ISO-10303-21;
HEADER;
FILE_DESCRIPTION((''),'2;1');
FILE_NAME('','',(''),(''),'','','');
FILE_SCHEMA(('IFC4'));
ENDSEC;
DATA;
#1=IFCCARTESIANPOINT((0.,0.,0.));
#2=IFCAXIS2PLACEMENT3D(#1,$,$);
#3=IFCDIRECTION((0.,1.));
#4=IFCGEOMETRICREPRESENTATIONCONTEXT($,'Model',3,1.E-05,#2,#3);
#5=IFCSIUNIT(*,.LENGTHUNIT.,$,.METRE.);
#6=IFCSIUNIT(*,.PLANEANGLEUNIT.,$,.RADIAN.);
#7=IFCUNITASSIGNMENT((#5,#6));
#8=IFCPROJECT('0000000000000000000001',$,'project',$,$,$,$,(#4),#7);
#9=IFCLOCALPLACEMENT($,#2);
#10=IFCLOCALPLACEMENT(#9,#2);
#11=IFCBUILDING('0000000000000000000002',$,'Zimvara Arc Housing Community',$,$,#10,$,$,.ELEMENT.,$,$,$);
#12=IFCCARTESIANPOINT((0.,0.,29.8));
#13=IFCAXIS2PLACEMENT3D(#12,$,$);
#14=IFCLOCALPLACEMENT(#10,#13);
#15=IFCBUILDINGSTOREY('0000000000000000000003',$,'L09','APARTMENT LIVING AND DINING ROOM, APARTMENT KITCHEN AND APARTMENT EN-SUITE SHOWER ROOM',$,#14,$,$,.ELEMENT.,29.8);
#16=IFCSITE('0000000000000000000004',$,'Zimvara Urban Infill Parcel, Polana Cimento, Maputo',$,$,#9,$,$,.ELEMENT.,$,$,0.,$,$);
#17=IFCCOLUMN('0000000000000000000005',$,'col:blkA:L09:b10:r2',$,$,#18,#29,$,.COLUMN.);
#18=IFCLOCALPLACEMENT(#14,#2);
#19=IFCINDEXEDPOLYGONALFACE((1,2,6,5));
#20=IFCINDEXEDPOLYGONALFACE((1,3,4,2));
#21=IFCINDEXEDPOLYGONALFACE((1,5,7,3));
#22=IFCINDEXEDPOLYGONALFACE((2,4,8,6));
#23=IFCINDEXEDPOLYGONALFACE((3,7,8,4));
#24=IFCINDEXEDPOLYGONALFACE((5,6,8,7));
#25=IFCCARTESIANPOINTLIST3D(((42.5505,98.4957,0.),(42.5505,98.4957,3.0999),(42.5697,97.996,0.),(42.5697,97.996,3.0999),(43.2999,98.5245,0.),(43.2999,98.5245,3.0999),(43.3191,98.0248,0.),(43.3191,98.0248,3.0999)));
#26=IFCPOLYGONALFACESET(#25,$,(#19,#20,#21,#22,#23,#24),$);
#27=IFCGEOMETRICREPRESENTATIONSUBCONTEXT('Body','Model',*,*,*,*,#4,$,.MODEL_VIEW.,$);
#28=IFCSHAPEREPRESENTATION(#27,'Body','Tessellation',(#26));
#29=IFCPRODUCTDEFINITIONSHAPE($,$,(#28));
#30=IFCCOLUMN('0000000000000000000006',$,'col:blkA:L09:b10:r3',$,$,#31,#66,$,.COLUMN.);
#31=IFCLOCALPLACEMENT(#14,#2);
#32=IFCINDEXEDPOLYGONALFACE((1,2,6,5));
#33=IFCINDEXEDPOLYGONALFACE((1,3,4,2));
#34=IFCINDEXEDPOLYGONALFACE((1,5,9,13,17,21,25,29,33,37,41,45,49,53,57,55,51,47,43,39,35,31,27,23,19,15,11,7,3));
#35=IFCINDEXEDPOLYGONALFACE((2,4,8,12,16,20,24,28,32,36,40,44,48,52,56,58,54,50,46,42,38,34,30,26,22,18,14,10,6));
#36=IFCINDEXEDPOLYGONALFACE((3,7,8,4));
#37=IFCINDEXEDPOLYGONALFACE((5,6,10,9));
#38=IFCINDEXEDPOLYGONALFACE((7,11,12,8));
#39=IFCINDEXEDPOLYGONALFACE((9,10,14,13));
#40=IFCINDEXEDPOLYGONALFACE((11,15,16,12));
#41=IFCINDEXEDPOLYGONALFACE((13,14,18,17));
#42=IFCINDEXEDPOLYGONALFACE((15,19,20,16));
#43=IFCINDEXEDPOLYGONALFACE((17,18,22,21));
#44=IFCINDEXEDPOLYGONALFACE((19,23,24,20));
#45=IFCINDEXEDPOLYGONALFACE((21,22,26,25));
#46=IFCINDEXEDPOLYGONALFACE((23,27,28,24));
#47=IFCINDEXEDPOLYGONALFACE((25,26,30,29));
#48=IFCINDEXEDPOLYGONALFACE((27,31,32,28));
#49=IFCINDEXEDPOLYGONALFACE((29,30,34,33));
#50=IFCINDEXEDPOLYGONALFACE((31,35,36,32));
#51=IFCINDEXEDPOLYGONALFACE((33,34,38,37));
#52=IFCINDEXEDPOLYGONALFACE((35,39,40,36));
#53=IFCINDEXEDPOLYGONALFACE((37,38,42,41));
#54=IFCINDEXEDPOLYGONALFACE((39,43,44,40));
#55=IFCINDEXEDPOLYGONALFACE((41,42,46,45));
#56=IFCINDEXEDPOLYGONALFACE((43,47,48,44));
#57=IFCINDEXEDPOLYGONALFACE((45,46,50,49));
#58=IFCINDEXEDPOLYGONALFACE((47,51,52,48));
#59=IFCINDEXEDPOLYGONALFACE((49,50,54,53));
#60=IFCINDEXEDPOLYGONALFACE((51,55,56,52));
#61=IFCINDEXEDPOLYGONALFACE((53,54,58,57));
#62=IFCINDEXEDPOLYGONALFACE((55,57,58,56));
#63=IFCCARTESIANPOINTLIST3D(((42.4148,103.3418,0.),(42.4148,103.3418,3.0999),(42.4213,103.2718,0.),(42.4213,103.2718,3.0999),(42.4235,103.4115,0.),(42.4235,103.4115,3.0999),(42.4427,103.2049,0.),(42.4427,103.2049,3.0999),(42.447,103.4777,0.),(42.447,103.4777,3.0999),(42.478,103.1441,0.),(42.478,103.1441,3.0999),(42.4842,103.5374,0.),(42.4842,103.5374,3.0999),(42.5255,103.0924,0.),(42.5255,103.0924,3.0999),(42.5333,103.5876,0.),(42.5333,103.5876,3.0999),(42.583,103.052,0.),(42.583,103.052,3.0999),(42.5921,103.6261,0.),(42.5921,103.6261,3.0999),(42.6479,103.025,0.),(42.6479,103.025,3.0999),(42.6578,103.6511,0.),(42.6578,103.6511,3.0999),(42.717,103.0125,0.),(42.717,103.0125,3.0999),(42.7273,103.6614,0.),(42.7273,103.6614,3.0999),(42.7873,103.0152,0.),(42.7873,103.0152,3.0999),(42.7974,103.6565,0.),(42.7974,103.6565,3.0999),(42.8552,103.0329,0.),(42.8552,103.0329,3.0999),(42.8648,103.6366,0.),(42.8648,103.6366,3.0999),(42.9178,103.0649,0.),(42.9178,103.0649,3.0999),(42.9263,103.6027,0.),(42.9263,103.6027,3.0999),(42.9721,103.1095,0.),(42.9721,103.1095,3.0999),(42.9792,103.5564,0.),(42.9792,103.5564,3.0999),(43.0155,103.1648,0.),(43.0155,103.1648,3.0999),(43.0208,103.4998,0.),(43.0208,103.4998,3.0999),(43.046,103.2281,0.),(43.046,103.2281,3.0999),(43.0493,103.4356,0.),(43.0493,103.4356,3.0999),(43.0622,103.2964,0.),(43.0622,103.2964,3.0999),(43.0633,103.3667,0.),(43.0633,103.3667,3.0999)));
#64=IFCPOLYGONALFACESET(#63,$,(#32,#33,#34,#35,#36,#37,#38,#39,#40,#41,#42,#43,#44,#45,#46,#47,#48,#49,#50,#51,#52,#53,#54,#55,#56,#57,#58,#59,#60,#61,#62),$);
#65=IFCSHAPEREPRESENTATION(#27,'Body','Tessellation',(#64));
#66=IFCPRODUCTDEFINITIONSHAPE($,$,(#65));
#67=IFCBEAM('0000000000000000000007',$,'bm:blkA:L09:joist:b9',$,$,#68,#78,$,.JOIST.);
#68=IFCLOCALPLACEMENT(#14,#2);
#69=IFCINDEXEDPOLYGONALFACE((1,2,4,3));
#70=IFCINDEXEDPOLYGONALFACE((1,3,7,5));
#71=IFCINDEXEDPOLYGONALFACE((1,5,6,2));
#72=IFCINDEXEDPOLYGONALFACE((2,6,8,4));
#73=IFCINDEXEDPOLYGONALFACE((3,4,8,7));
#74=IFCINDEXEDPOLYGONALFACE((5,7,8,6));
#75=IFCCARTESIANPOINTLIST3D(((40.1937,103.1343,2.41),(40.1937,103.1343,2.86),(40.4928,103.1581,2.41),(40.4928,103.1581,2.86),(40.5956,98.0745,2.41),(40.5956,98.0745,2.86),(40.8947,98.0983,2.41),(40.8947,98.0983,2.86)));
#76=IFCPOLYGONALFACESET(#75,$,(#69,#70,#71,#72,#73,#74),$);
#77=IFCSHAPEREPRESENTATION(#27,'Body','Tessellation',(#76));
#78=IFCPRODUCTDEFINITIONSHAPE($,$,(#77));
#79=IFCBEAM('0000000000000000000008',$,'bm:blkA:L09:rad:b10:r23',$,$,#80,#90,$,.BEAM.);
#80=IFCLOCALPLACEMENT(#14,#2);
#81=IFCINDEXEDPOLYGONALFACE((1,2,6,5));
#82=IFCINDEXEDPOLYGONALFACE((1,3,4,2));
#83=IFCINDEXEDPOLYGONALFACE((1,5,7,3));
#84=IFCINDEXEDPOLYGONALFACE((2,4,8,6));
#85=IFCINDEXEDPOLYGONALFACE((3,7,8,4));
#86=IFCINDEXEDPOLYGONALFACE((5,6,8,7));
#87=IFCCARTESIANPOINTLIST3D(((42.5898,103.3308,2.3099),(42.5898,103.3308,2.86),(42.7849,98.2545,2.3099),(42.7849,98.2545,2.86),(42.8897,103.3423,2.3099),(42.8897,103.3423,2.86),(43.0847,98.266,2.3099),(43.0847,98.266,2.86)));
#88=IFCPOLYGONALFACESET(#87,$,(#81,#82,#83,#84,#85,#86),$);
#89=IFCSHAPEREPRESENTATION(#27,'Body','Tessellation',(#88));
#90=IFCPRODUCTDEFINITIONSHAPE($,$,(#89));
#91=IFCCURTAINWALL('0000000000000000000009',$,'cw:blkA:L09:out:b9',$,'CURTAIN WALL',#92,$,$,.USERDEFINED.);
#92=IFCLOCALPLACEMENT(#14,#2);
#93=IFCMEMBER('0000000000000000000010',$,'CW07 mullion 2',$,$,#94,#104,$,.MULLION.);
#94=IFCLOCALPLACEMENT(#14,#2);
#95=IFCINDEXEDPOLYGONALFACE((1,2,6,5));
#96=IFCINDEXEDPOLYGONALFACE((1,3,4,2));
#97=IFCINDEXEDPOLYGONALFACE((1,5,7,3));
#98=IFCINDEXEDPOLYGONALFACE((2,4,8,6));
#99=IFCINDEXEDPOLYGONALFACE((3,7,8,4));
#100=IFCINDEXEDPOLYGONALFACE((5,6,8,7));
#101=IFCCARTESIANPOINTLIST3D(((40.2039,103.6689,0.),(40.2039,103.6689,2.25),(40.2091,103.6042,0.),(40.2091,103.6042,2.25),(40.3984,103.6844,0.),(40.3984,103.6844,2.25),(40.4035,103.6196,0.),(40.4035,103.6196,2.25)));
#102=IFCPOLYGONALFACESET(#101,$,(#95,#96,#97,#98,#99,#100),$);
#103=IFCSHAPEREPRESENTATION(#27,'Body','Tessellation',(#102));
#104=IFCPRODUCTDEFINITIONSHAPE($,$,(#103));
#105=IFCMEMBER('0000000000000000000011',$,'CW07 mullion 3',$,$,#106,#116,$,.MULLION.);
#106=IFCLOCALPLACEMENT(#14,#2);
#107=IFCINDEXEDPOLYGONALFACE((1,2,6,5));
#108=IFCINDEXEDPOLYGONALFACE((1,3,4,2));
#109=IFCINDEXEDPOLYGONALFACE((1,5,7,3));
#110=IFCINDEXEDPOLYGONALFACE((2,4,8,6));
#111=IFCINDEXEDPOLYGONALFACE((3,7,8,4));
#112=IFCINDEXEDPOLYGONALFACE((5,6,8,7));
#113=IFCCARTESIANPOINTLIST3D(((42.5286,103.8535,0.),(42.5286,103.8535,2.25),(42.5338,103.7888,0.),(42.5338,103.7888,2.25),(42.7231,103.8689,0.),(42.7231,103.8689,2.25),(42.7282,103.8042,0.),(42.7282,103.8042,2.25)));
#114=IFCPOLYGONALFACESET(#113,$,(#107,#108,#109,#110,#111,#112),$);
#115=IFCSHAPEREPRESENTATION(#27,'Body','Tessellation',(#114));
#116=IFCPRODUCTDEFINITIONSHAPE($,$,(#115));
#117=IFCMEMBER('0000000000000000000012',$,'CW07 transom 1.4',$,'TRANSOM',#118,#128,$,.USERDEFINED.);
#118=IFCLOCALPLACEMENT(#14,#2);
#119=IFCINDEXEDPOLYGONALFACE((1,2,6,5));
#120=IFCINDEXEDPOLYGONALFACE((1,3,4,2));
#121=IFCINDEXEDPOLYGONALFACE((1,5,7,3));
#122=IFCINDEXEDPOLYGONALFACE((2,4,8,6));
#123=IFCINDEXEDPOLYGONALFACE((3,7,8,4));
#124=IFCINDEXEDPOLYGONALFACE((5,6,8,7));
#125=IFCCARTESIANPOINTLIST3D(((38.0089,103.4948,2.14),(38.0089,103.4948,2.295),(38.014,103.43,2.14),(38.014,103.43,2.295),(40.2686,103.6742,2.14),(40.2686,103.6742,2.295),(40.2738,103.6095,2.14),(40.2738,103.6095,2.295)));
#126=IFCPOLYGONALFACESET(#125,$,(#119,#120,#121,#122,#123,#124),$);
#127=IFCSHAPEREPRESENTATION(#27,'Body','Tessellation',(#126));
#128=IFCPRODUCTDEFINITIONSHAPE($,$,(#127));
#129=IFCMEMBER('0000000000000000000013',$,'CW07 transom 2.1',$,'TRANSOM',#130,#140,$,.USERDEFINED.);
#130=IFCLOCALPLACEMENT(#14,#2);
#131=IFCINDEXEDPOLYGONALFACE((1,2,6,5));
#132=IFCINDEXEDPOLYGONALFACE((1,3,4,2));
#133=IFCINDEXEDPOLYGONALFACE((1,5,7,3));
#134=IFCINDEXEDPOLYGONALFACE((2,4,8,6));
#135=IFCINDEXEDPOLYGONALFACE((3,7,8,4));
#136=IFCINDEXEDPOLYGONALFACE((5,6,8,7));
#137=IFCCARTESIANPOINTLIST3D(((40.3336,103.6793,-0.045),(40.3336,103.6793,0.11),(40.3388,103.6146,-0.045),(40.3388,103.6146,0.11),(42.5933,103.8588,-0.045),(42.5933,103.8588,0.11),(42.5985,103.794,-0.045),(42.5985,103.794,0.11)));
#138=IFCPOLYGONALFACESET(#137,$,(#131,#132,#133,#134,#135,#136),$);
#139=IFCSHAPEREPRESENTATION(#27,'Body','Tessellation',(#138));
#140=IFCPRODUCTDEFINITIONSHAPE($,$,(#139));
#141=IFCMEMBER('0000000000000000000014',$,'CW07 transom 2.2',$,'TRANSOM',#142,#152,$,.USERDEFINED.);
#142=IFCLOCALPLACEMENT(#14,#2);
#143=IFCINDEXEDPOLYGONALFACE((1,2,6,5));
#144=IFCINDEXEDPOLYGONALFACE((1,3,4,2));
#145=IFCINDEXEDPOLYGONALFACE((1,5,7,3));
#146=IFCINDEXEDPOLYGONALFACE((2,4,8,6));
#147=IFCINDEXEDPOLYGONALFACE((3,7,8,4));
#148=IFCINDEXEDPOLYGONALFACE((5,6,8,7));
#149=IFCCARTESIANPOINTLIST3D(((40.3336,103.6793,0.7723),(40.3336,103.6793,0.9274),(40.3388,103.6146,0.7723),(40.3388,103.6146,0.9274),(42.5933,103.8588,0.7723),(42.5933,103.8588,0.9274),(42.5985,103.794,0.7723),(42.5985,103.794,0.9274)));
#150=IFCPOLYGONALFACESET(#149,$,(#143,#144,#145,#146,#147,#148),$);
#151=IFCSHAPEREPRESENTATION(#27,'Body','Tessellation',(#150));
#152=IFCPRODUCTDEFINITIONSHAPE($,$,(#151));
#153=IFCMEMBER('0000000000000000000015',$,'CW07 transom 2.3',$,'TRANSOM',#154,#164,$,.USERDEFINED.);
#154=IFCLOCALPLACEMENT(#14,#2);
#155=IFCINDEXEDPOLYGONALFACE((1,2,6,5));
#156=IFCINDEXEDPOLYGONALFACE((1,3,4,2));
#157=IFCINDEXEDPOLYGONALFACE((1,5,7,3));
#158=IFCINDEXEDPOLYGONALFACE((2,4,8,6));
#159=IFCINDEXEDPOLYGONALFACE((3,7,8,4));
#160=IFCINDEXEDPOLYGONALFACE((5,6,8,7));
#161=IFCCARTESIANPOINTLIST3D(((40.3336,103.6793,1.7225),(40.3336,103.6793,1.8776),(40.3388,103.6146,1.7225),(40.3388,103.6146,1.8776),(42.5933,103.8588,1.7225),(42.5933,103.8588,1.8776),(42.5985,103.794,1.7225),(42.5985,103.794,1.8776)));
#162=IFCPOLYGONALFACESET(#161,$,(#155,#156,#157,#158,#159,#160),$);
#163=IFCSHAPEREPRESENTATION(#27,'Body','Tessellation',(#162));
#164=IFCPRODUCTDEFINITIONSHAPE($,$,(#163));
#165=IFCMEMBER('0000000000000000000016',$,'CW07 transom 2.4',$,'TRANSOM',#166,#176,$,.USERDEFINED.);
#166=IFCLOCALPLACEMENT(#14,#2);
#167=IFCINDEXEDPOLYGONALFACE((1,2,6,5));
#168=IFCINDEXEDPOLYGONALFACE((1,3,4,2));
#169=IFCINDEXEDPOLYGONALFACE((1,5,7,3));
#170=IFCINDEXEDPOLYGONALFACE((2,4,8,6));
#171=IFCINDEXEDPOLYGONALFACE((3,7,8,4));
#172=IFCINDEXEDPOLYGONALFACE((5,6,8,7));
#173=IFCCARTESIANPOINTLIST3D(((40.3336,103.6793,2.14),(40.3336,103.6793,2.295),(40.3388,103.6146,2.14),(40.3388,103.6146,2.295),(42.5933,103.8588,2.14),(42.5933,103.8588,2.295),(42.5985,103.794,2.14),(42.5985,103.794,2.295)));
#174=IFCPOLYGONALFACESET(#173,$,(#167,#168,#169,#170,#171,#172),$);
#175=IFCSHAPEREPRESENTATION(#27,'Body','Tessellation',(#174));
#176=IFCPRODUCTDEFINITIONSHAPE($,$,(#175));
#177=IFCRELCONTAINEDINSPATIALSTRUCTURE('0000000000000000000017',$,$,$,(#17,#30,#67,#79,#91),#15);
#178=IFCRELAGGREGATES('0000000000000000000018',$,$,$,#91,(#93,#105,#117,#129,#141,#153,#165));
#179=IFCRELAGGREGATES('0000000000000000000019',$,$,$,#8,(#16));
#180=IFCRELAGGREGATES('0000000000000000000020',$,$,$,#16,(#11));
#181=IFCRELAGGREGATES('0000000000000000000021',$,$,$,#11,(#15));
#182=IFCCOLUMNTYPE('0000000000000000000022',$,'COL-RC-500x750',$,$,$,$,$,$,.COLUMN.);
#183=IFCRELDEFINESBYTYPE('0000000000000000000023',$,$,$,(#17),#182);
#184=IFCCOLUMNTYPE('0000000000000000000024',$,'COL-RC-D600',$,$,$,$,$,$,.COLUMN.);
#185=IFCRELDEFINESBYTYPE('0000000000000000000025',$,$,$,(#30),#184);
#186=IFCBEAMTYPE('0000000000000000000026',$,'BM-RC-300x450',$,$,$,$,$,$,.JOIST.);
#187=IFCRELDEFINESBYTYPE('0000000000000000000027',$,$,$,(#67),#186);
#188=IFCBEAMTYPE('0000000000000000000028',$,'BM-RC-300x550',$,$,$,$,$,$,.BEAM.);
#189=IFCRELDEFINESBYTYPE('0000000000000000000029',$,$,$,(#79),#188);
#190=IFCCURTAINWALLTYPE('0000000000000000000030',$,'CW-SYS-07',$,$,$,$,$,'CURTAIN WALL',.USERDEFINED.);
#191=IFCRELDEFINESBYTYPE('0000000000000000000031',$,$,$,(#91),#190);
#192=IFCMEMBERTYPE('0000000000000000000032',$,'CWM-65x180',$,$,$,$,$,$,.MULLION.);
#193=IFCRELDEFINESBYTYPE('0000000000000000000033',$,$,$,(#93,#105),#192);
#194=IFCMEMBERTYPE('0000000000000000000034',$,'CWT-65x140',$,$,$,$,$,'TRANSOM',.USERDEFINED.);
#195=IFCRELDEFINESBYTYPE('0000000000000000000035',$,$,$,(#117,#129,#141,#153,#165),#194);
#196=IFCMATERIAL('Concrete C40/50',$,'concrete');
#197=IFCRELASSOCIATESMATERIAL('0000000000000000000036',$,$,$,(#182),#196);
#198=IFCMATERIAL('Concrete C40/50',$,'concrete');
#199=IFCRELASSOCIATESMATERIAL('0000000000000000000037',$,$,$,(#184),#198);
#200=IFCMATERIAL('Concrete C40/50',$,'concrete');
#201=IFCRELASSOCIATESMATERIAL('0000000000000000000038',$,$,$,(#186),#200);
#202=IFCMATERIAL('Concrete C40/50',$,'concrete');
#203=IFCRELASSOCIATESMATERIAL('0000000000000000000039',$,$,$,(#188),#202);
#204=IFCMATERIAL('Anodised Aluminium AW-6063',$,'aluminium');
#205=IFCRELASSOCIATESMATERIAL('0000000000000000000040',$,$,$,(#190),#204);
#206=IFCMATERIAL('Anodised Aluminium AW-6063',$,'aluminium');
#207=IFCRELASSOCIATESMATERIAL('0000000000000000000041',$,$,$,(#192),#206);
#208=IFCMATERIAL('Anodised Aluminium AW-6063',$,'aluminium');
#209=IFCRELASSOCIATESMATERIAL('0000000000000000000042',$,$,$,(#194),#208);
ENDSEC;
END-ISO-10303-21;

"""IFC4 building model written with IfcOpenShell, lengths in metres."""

from ifc_helpers import new_model, si_unit, direction, frame, origin, origin_2d, place, context, subcontext, project, spatial, rectangle, circle, extrude, material, material_profile, profile_set, type_object, element, aggregate, save


model = new_model("IFC4")

# Units and contexts
model_context = context("Model", 3, precision=1e-05, world=origin(), true_north=direction((0.0, 1.0)))
body_context = subcontext(model_context, "Body", "Model", "MODEL_VIEW")
ifc_project = project(units=[si_unit("LENGTHUNIT", "METRE"), si_unit("PLANEANGLEUNIT", "RADIAN")], contexts=[model_context])

# Site, building, storey
site_placement = place(None, origin())
site = spatial("IfcSite", under=ifc_project, at=site_placement, Name="Zimvara Urban Infill Parcel, Polana Cimento, Maputo", CompositionType="ELEMENT", RefElevation=0.0)
building_placement = place(site_placement, origin())
building = spatial("IfcBuilding", under=site, at=building_placement, Name="Zimvara Arc Housing Community", CompositionType="ELEMENT")
storey_placement = place(building_placement, frame((0.0, 0.0, 29.8)))
storey = spatial("IfcBuildingStorey", under=building, at=storey_placement, Name="L09", Description="APARTMENT LIVING AND DINING ROOM, APARTMENT KITCHEN AND APARTMENT EN-SUITE SHOWER ROOM", CompositionType="ELEMENT", Elevation=29.8)

# Columns
ifc_material_1 = material(Name="Concrete C40/50", Category="concrete")
ifc_material_profile_1 = material_profile(ifc_material_1, rectangle(XDim=0.5, YDim=0.75, at=origin_2d()), Name="RC 500x750")
ifc_profile_set_1 = profile_set([ifc_material_profile_1], Name="Concrete C40/50")
column_type_1 = type_object("IfcColumnType", Name="COL-RC-500x750", PredefinedType="COLUMN", material=ifc_profile_set_1)
column_1_placement = place(storey_placement, frame((42.9348, 98.2603, 0.0), z_axis=(0.0, 0.0, 1.0), x_axis=(-0.038388, 0.999263, 0.0)))
element("IfcColumn", 1, at=column_1_placement, inside=storey, type_object=column_type_1, Name="col:blkA:L09:b10:r2", PredefinedType="COLUMN", context=body_context, shape_type="SweptSolid", body=[
    extrude(rectangle(XDim=0.5, YDim=0.75, at=origin_2d()), origin(), (0.0, 0.0, 1.0), 3.0999),
])
ifc_material_2 = material(Name="Concrete C40/50", Category="concrete")
ifc_material_profile_2 = material_profile(ifc_material_2, circle(Radius=0.325, at=origin_2d()), Name="RC D650")
ifc_profile_set_2 = profile_set([ifc_material_profile_2], Name="Concrete C40/50")
column_type_2 = type_object("IfcColumnType", Name="COL-RC-D600", PredefinedType="COLUMN", material=ifc_profile_set_2)
column_2_placement = place(storey_placement, frame((42.7397, 103.3367, 0.0), z_axis=(0.0, 0.0, 1.0), x_axis=(-0.038388, 0.999263, 0.0)))
element("IfcColumn", 2, at=column_2_placement, inside=storey, type_object=column_type_2, Name="col:blkA:L09:b10:r3", PredefinedType="COLUMN", context=body_context, shape_type="SweptSolid", body=[
    extrude(circle(Radius=0.325, at=origin_2d()), origin(), (0.0, 0.0, 1.0), 3.0999),
])

# Beams
ifc_material_3 = material(Name="Concrete C40/50", Category="concrete")
ifc_material_profile_3 = material_profile(ifc_material_3, rectangle(XDim=0.3, YDim=0.45, at=origin_2d()), Name="RC 300x450")
ifc_profile_set_3 = profile_set([ifc_material_profile_3], Name="Concrete C40/50")
beam_type_1 = type_object("IfcBeamType", Name="BM-RC-300x450", PredefinedType="JOIST", material=ifc_profile_set_3)
beam_1_placement = place(storey_placement, frame((40.7451, 98.0864, 2.635), z_axis=(-0.079172, 0.996861, 0.0), x_axis=(-0.996861, -0.079172, 0.0)))
element("IfcBeam", 3, at=beam_1_placement, inside=storey, type_object=beam_type_1, Name="bm:blkA:L09:joist:b9", PredefinedType="JOIST", context=body_context, shape_type="SweptSolid", body=[
    extrude(rectangle(XDim=0.3, YDim=0.45, at=origin_2d()), origin(), (0.0, 0.0, 1.0), 5.0757),
])
ifc_material_4 = material(Name="Concrete C40/50", Category="concrete")
ifc_material_profile_4 = material_profile(ifc_material_4, rectangle(XDim=0.3, YDim=0.55, at=origin_2d()), Name="RC 300x550")
ifc_profile_set_4 = profile_set([ifc_material_profile_4], Name="Concrete C40/50")
beam_type_2 = type_object("IfcBeamType", Name="BM-RC-300x550", PredefinedType="BEAM", material=ifc_profile_set_4)
beam_2_placement = place(storey_placement, frame((42.9348, 98.2603, 2.585), z_axis=(-0.038398, 0.999263, 0.0), x_axis=(-0.999263, -0.038398, 0.0)))
element("IfcBeam", 4, at=beam_2_placement, inside=storey, type_object=beam_type_2, Name="bm:blkA:L09:rad:b10:r23", PredefinedType="BEAM", context=body_context, shape_type="SweptSolid", body=[
    extrude(rectangle(XDim=0.3, YDim=0.55, at=origin_2d()), origin(), (0.0, 0.0, 1.0), 5.0801),
])

# Curtain wall, members
ifc_material_5 = material(Name="Anodised Aluminium AW-6063", Category="aluminium")
curtain_wall_type = type_object("IfcCurtainWallType", Name="CW-SYS-07", ElementType="CURTAIN WALL", PredefinedType="USERDEFINED", material=ifc_material_5)
curtain_wall_placement = place(storey_placement, origin())
curtain_wall = element("IfcCurtainWall", 5, at=curtain_wall_placement, inside=storey, type_object=curtain_wall_type, Name="cw:blkA:L09:out:b9", ObjectType="CURTAIN WALL", PredefinedType="USERDEFINED")
ifc_material_6 = material(Name="Anodised Aluminium AW-6063", Category="aluminium")
ifc_material_profile_5 = material_profile(ifc_material_6, rectangle(XDim=0.0649, YDim=0.1951, at=origin_2d()), Name="ALU 65x195")
ifc_profile_set_5 = profile_set([ifc_material_profile_5], Name="Anodised Aluminium AW-6063")
member_type_1 = type_object("IfcMemberType", Name="CWM-65x180", PredefinedType="MULLION", material=ifc_profile_set_5)
member_1_placement = place(storey_placement, frame((40.3037, 103.6443, 0.0), z_axis=(0.0, 0.0, 1.0), x_axis=(-0.079154, 0.996862, 0.0)))
member_1 = element("IfcMember", 6, at=member_1_placement, type_object=member_type_1, Name="CW07 mullion 2", PredefinedType="MULLION", context=body_context, shape_type="SweptSolid", body=[
    extrude(rectangle(XDim=0.0649, YDim=0.1951, at=origin_2d()), origin(), (0.0, 0.0, 1.0), 2.25),
])
member_2_placement = place(storey_placement, frame((42.6284, 103.8289, 0.0), z_axis=(0.0, 0.0, 1.0), x_axis=(-0.079154, 0.996862, 0.0)))
member_2 = element("IfcMember", 7, at=member_2_placement, type_object=member_type_1, Name="CW07 mullion 3", PredefinedType="MULLION", context=body_context, shape_type="SweptSolid", body=[
    extrude(rectangle(XDim=0.0649, YDim=0.1951, at=origin_2d()), origin(), (0.0, 0.0, 1.0), 2.25),
])
ifc_material_7 = material(Name="Anodised Aluminium AW-6063", Category="aluminium")
ifc_material_profile_6 = material_profile(ifc_material_7, rectangle(XDim=0.0649, YDim=0.155, at=origin_2d()), Name="ALU 65x155")
ifc_profile_set_6 = profile_set([ifc_material_profile_6], Name="Anodised Aluminium AW-6063")
member_type_2 = type_object("IfcMemberType", Name="CWT-65x140", ElementType="TRANSOM", PredefinedType="USERDEFINED", material=ifc_profile_set_6)
member_3_placement = place(storey_placement, frame((38.0115, 103.4624, 2.2175), z_axis=(0.996862, 0.079159, 0.0), x_axis=(-0.079159, 0.996862, 0.0)))
member_3 = element("IfcMember", 8, at=member_3_placement, type_object=member_type_2, Name="CW07 transom 1.4", ObjectType="TRANSOM", PredefinedType="USERDEFINED", context=body_context, shape_type="SweptSolid", body=[
    extrude(rectangle(XDim=0.0649, YDim=0.155, at=origin_2d()), origin(), (0.0, 0.0, 1.0), 2.2668),
])
member_4_placement = place(storey_placement, frame((40.3362, 103.647, 0.0325), z_axis=(0.996862, 0.079159, 0.0), x_axis=(-0.079159, 0.996862, 0.0)))
member_4 = element("IfcMember", 9, at=member_4_placement, type_object=member_type_2, Name="CW07 transom 2.1", ObjectType="TRANSOM", PredefinedType="USERDEFINED", context=body_context, shape_type="SweptSolid", body=[
    extrude(rectangle(XDim=0.0649, YDim=0.155, at=origin_2d()), origin(), (0.0, 0.0, 1.0), 2.2668),
])
member_5_placement = place(storey_placement, frame((40.3362, 103.647, 0.8499), z_axis=(0.996862, 0.079159, 0.0), x_axis=(-0.079159, 0.996862, 0.0)))
member_5 = element("IfcMember", 10, at=member_5_placement, type_object=member_type_2, Name="CW07 transom 2.2", ObjectType="TRANSOM", PredefinedType="USERDEFINED", context=body_context, shape_type="SweptSolid", body=[
    extrude(rectangle(XDim=0.0649, YDim=0.155, at=origin_2d()), origin(), (0.0, 0.0, 1.0), 2.2668),
])
member_6_placement = place(storey_placement, frame((40.3362, 103.647, 1.8), z_axis=(0.996862, 0.079159, 0.0), x_axis=(-0.079159, 0.996862, 0.0)))
member_6 = element("IfcMember", 11, at=member_6_placement, type_object=member_type_2, Name="CW07 transom 2.3", ObjectType="TRANSOM", PredefinedType="USERDEFINED", context=body_context, shape_type="SweptSolid", body=[
    extrude(rectangle(XDim=0.0649, YDim=0.155, at=origin_2d()), origin(), (0.0, 0.0, 1.0), 2.2668),
])
member_7_placement = place(storey_placement, frame((40.3362, 103.647, 2.2175), z_axis=(0.996862, 0.079159, 0.0), x_axis=(-0.079159, 0.996862, 0.0)))
member_7 = element("IfcMember", 12, at=member_7_placement, type_object=member_type_2, Name="CW07 transom 2.4", ObjectType="TRANSOM", PredefinedType="USERDEFINED", context=body_context, shape_type="SweptSolid", body=[
    extrude(rectangle(XDim=0.0649, YDim=0.155, at=origin_2d()), origin(), (0.0, 0.0, 1.0), 2.2668),
])
aggregate(curtain_wall, [member_1, member_2, member_3, member_4, member_5, member_6, member_7])

save(model, "model.ifc")
